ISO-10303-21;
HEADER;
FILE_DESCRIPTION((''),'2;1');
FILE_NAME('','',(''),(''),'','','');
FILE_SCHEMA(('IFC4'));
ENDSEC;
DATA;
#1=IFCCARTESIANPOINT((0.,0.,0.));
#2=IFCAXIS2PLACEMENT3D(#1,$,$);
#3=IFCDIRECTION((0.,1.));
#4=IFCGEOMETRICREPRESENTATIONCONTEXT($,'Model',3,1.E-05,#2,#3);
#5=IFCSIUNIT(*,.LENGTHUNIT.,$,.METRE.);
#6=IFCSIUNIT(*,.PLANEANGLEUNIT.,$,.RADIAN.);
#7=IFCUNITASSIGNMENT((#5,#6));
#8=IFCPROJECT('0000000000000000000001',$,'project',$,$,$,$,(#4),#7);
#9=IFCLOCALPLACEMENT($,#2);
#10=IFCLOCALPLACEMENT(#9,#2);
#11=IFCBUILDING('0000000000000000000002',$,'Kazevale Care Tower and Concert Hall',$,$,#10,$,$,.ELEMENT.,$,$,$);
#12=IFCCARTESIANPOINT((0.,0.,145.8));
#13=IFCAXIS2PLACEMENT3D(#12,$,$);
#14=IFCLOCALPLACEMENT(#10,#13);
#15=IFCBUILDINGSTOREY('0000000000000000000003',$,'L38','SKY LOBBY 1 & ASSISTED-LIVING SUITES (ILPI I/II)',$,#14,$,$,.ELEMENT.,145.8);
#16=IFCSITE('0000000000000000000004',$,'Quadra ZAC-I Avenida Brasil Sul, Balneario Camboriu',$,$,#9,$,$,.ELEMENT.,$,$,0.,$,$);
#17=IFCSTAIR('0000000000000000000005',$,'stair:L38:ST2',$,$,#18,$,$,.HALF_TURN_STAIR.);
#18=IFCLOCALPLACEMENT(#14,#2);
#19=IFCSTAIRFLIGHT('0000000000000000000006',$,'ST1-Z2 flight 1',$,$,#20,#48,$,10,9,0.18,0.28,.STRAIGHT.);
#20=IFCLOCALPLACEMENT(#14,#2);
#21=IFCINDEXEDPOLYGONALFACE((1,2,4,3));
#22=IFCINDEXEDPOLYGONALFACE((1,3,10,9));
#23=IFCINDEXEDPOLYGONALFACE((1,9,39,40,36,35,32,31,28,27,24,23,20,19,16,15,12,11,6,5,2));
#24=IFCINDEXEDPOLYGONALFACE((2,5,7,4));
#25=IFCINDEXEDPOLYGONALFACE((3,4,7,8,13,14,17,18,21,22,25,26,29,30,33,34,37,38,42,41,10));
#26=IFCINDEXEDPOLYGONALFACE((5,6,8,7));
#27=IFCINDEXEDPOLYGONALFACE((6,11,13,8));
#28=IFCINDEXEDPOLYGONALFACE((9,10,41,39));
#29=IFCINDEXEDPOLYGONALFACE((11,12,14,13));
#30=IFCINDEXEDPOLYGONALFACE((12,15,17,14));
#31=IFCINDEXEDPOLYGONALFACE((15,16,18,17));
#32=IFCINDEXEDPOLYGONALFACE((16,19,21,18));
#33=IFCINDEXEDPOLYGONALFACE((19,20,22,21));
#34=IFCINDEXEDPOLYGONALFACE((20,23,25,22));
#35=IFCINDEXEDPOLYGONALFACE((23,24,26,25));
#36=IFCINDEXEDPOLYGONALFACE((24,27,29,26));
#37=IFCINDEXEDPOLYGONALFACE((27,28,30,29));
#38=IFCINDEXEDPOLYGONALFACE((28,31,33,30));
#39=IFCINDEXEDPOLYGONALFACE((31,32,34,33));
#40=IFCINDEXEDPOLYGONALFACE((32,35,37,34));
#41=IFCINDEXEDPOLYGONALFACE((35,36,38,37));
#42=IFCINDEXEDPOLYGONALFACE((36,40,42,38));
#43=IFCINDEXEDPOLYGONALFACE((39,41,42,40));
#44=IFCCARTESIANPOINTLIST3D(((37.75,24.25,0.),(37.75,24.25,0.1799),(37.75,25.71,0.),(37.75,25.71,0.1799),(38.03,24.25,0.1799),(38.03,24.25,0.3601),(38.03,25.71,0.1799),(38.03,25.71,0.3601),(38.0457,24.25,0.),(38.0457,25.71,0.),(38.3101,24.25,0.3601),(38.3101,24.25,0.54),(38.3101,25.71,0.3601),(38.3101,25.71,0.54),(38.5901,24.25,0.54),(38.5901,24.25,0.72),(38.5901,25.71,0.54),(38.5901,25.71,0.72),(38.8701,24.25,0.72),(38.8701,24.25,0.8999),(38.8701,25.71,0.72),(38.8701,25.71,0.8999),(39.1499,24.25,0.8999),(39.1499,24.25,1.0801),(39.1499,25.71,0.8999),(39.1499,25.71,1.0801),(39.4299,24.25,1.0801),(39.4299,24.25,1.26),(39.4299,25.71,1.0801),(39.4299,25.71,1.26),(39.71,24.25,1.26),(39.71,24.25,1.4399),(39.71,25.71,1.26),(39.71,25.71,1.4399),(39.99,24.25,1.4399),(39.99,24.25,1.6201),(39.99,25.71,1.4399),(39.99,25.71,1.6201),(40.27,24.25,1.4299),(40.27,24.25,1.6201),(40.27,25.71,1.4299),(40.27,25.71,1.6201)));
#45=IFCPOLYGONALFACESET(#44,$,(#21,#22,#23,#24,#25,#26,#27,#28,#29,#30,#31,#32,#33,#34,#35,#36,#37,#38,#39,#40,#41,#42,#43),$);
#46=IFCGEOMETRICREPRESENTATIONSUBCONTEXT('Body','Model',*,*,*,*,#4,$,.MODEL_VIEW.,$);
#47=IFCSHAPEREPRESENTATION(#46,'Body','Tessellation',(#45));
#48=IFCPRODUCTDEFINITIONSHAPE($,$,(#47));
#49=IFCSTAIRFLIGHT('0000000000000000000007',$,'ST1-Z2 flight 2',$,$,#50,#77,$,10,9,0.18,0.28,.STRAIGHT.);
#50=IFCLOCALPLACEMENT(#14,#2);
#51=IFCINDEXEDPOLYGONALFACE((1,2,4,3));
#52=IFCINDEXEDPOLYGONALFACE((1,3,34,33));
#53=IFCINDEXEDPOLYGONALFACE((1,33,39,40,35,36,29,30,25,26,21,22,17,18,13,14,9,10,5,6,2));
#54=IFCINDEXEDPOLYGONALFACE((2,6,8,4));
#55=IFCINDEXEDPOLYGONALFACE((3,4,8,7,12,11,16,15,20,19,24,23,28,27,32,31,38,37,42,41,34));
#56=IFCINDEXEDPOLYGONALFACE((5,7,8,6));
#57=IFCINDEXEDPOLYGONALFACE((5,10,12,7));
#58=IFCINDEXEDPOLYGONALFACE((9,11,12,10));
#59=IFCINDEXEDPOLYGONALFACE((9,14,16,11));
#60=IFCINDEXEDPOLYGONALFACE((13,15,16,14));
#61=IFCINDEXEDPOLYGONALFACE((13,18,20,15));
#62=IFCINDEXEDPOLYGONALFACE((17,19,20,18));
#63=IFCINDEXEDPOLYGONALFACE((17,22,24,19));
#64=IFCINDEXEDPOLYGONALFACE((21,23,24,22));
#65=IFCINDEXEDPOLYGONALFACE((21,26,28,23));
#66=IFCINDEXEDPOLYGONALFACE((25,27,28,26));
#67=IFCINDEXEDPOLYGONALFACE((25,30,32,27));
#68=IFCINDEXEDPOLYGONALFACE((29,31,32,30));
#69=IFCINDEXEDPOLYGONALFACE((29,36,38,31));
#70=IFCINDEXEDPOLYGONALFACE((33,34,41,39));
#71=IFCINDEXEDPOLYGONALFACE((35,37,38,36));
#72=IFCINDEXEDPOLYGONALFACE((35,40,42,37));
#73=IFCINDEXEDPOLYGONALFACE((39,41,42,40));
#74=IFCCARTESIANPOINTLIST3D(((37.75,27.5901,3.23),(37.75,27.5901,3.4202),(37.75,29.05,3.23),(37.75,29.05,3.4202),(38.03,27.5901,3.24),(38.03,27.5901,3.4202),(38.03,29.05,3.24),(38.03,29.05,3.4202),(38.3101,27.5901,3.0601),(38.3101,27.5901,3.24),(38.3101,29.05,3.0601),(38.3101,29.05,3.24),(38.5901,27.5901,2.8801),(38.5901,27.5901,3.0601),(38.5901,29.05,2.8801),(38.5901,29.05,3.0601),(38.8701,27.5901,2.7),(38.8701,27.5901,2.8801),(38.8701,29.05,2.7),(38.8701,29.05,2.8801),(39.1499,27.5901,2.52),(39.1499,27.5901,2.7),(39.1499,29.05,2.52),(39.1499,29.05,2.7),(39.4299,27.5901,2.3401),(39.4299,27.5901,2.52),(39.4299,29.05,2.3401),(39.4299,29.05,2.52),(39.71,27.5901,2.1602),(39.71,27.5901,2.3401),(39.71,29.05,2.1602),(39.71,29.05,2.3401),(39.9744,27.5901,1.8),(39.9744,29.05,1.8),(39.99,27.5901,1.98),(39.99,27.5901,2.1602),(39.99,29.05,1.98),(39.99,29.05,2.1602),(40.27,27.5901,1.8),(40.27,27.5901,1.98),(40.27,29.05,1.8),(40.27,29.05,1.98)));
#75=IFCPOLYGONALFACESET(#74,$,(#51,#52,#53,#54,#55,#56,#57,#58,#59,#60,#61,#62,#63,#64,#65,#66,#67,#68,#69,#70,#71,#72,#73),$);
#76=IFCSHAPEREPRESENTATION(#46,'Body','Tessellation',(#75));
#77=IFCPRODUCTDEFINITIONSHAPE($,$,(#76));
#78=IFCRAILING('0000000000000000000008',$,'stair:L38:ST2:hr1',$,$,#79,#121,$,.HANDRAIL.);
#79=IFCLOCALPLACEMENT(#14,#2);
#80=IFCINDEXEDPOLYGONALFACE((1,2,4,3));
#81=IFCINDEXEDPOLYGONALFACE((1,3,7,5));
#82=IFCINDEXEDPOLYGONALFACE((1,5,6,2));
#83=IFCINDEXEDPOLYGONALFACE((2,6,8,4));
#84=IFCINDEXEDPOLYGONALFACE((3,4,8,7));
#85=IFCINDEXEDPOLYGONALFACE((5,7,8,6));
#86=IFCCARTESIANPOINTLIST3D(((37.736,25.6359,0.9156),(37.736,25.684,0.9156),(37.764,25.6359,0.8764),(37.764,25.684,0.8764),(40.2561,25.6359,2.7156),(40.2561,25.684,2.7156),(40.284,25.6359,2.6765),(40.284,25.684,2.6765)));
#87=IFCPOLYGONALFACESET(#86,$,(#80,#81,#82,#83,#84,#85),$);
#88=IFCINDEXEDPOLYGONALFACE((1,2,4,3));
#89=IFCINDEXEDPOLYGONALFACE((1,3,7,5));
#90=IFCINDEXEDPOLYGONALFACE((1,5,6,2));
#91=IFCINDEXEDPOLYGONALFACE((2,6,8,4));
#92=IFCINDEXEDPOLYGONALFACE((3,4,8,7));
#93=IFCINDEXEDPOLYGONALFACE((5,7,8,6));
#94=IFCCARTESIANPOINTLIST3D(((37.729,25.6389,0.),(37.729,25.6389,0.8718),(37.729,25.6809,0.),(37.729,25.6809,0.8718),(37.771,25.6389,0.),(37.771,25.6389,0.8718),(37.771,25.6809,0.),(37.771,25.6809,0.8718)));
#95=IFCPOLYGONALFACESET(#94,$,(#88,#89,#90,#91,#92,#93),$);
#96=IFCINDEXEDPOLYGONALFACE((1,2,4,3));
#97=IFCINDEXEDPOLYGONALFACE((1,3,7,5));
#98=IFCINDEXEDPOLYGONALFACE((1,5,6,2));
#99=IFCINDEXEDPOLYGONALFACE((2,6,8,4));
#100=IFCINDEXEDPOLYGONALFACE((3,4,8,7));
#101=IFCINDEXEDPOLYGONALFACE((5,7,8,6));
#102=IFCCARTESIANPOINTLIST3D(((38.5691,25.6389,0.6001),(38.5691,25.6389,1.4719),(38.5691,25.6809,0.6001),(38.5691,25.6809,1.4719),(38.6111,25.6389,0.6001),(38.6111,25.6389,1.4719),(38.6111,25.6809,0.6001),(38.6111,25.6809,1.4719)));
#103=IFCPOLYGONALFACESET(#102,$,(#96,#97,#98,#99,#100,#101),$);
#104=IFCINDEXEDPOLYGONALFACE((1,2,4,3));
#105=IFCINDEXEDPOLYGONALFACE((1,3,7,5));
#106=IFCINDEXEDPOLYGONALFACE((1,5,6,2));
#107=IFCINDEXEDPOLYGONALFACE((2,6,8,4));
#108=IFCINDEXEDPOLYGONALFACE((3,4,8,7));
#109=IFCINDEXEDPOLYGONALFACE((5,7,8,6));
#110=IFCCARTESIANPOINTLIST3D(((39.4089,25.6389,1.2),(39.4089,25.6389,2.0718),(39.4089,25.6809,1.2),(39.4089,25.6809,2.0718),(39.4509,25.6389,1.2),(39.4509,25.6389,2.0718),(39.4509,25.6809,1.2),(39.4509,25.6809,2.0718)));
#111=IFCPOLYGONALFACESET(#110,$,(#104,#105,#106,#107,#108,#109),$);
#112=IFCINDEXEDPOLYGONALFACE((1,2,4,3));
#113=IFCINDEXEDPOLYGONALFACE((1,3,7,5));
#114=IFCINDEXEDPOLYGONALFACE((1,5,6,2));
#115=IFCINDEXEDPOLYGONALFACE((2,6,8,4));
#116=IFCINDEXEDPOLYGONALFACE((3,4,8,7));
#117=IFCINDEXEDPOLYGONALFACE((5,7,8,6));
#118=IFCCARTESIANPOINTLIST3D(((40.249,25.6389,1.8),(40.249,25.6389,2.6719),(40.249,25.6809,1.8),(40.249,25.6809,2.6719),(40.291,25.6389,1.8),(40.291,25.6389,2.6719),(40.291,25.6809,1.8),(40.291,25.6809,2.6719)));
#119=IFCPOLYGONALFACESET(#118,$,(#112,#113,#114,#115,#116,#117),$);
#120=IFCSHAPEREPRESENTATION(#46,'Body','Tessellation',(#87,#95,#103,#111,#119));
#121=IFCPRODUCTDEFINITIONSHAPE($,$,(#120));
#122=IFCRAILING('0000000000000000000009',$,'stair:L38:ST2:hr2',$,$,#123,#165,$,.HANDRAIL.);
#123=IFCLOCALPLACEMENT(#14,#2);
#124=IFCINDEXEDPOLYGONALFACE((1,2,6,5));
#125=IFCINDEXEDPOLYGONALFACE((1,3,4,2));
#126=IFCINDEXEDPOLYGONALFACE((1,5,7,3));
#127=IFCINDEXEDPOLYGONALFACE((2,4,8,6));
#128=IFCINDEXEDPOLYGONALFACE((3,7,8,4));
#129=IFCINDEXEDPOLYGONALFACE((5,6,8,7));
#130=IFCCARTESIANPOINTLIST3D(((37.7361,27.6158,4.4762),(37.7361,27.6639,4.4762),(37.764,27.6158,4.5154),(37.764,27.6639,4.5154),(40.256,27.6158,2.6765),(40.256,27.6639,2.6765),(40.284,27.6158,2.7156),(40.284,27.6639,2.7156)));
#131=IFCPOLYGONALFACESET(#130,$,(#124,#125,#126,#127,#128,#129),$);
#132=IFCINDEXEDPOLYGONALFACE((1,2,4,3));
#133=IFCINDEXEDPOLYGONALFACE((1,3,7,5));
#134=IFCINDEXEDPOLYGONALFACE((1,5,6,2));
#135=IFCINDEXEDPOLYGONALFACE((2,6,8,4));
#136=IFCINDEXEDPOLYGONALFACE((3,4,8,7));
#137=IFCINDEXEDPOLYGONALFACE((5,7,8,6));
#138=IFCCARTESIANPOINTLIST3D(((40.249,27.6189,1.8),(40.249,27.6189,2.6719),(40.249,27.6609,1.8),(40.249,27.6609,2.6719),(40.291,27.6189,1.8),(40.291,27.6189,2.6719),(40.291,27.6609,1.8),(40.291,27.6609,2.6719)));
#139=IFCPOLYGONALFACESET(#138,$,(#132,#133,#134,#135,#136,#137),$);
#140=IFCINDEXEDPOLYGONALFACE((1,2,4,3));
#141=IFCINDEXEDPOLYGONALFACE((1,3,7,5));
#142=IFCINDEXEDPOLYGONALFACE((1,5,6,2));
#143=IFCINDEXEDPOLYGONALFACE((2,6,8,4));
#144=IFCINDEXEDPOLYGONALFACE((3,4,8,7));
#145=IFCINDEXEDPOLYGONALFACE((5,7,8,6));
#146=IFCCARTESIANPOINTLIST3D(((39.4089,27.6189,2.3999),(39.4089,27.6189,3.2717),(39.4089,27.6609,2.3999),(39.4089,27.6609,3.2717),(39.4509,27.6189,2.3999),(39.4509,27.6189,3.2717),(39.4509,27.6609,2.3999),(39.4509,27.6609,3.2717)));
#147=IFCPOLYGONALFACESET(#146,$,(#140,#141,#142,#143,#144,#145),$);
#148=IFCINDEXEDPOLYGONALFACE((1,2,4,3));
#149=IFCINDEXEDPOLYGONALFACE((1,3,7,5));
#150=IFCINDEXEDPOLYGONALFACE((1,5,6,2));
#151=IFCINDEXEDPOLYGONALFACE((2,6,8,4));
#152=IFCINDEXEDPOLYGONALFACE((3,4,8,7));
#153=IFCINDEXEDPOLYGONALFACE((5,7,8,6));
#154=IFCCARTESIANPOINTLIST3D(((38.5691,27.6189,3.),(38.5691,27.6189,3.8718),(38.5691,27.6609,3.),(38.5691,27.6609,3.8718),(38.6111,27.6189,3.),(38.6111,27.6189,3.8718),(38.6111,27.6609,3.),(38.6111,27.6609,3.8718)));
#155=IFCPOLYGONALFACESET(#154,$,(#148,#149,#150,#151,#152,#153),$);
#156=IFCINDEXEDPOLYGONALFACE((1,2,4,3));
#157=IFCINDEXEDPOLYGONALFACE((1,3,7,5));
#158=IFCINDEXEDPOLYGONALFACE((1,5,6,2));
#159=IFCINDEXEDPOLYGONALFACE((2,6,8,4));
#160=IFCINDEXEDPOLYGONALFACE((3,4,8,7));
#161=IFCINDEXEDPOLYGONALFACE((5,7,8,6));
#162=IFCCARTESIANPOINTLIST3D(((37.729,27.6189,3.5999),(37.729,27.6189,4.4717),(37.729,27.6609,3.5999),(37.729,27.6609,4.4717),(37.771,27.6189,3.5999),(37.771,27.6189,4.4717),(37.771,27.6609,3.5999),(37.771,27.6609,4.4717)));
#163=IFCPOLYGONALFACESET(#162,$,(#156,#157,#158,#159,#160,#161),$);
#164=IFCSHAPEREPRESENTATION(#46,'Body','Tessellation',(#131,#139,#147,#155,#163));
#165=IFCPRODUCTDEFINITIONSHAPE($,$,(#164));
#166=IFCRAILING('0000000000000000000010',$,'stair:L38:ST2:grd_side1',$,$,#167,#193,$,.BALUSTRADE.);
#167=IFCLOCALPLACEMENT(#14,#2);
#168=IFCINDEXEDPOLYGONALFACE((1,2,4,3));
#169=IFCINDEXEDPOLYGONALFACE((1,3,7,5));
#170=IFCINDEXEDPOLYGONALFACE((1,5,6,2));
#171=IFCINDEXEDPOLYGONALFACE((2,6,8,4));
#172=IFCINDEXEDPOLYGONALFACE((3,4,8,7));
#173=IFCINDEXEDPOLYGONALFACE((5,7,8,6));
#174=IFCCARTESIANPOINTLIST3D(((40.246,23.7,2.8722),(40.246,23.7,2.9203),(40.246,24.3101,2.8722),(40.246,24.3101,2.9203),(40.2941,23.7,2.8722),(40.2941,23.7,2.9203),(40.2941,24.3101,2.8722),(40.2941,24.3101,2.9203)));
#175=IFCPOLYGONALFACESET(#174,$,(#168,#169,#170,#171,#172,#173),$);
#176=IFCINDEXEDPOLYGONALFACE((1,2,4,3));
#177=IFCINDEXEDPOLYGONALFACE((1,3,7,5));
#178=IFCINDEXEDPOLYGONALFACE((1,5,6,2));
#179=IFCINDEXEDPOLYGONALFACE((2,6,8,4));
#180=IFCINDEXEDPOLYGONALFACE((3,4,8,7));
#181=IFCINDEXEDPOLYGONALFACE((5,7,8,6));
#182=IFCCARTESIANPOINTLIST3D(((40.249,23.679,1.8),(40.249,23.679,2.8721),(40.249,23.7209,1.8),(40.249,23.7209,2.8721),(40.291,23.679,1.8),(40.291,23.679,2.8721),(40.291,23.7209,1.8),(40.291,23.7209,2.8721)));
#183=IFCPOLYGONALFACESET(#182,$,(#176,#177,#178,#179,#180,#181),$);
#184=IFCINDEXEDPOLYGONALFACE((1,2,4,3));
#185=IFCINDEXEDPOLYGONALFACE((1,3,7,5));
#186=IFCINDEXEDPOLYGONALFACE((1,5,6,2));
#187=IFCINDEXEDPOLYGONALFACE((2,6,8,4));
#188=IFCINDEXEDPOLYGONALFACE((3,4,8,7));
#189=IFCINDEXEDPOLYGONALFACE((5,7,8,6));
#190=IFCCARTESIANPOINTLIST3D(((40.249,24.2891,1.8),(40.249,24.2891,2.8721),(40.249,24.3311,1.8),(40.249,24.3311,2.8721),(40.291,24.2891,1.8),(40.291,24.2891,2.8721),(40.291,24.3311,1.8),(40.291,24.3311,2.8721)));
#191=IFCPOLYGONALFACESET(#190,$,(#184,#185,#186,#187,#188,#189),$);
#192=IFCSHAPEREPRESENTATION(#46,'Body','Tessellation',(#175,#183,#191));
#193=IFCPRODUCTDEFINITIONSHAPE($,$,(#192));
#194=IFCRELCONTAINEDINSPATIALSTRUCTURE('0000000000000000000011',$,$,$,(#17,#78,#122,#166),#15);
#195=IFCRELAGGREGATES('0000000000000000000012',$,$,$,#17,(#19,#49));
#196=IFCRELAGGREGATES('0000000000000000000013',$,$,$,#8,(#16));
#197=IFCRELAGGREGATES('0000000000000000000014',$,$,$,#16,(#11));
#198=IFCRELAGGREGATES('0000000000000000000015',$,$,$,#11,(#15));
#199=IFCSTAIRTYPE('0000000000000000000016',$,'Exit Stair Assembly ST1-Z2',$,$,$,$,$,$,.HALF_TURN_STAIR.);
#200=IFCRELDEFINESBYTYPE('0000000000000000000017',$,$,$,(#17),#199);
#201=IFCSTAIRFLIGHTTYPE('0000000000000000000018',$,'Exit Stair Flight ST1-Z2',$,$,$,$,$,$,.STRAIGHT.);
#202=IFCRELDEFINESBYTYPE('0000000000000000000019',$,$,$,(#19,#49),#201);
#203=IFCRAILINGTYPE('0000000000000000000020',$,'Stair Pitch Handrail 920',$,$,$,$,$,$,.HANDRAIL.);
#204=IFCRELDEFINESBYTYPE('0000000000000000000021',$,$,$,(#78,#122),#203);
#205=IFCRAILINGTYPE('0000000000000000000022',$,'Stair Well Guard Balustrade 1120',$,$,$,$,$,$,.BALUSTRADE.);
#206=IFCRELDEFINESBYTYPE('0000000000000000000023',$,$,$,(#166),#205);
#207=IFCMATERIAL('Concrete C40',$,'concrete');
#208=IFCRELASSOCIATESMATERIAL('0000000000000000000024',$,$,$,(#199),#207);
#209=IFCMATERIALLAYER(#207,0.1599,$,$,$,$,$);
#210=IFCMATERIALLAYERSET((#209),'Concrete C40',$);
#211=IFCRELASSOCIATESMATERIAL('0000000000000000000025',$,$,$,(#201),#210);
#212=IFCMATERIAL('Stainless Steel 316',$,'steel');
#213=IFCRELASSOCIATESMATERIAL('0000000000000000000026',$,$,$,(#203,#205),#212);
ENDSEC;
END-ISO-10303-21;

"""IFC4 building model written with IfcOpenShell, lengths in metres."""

from ifc_helpers import new_model, si_unit, direction, frame, origin, origin_2d, place, context, subcontext, project, spatial, polyline, rectangle, outline, extrude, material, layer, layer_set, type_object, element, aggregate, save


model = new_model("IFC4")

# Units and contexts
model_context = context("Model", 3, precision=1e-05, world=origin(), true_north=direction((0.0, 1.0)))
body_context = subcontext(model_context, "Body", "Model", "MODEL_VIEW")
ifc_project = project(units=[si_unit("LENGTHUNIT", "METRE"), si_unit("PLANEANGLEUNIT", "RADIAN")], contexts=[model_context])

# Site, building, storey
site_placement = place(None, origin())
site = spatial("IfcSite", under=ifc_project, at=site_placement, Name="Quadra ZAC-I Avenida Brasil Sul, Balneario Camboriu", CompositionType="ELEMENT", RefElevation=0.0)
building_placement = place(site_placement, origin())
building = spatial("IfcBuilding", under=site, at=building_placement, Name="Kazevale Care Tower and Concert Hall", CompositionType="ELEMENT")
storey_placement = place(building_placement, frame((0.0, 0.0, 145.8)))
storey = spatial("IfcBuildingStorey", under=building, at=storey_placement, Name="L38", Description="SKY LOBBY 1 & ASSISTED-LIVING SUITES (ILPI I/II)", CompositionType="ELEMENT", Elevation=145.8)

# Shared definitions
ifc_material_1 = material(Name="Concrete C40", Category="concrete")

# Stair, stair flights
stair_type = type_object("IfcStairType", Name="Exit Stair Assembly ST1-Z2", PredefinedType="HALF_TURN_STAIR", material=ifc_material_1)
stair_placement = place(storey_placement, origin())
stair = element("IfcStair", 1, at=stair_placement, inside=storey, type_object=stair_type, Name="stair:L38:ST2", PredefinedType="HALF_TURN_STAIR")
ifc_layer_1 = layer(ifc_material_1, 0.1599)
ifc_layer_set_1 = layer_set([ifc_layer_1], Name="Concrete C40")
stair_flight_type = type_object("IfcStairFlightType", Name="Exit Stair Flight ST1-Z2", PredefinedType="STRAIGHT", material=ifc_layer_set_1)
stair_flight_1_placement = place(storey_placement, frame((37.75, 24.98, 0.0), z_axis=(0.0, 0.0, 1.0), x_axis=(1.0, 0.0, 0.0)))
stair_flight_1 = element("IfcStairFlight", 2, at=stair_flight_1_placement, type_object=stair_flight_type, Name="ST1-Z2 flight 1", NumberOfRisers=10, NumberOfTreads=9, PredefinedType="STRAIGHT", RiserHeight=0.18, TreadLength=0.28, context=body_context, shape_type="SweptSolid", body=[
    extrude(outline(polyline([(0.0, 0.0), (0.0, 0.1799), (0.28, 0.1799), (0.28, 0.3601), (0.5601, 0.3601), (0.5601, 0.54), (0.8401, 0.54), (0.8401, 0.72), (1.1201, 0.72), (1.1201, 0.8999), (1.3999, 0.8999), (1.3999, 1.0801), (1.6799, 1.0801), (1.6799, 1.26), (1.96, 1.26), (1.96, 1.4399), (2.24, 1.4399), (2.24, 1.6201), (2.52, 1.6201), (2.52, 1.8), (2.52, 1.4299), (0.2957, 0.0), (0.0, 0.0)])), frame((0.0, 0.73, 0.0), z_axis=(0.0, -1.0, 0.0), x_axis=(1.0, 0.0, 0.0)), (0.0, 0.0, 1.0), 1.46),
])
stair_flight_2_placement = place(storey_placement, frame((40.27, 28.3201, 1.8), z_axis=(0.0, 0.0, 1.0), x_axis=(-1.0, 0.0, 0.0)))
stair_flight_2 = element("IfcStairFlight", 3, at=stair_flight_2_placement, type_object=stair_flight_type, Name="ST1-Z2 flight 2", NumberOfRisers=10, NumberOfTreads=9, PredefinedType="STRAIGHT", RiserHeight=0.18, TreadLength=0.28, context=body_context, shape_type="SweptSolid", body=[
    extrude(outline(polyline([(0.0, 0.0), (0.0, 0.1799), (0.28, 0.1799), (0.28, 0.3601), (0.5601, 0.3601), (0.5601, 0.54), (0.8401, 0.54), (0.8401, 0.72), (1.1201, 0.72), (1.1201, 0.8999), (1.3999, 0.8999), (1.3999, 1.0801), (1.6799, 1.0801), (1.6799, 1.26), (1.96, 1.26), (1.96, 1.4399), (2.24, 1.4399), (2.24, 1.6201), (2.52, 1.6201), (2.52, 1.8), (2.52, 1.4299), (0.2957, 0.0), (0.0, 0.0)])), frame((0.0, 0.73, 0.0), z_axis=(0.0, -1.0, 0.0), x_axis=(1.0, 0.0, 0.0)), (0.0, 0.0, 1.0), 1.46),
])
aggregate(stair, [stair_flight_1, stair_flight_2])

# Railings
ifc_material_2 = material(Name="Stainless Steel 316", Category="steel")
railing_type_1 = type_object("IfcRailingType", Name="Stair Pitch Handrail 920", PredefinedType="HANDRAIL", material=ifc_material_2)
railing_1_placement = place(storey_placement, frame((37.75, 25.6599, 0.0)))
element("IfcRailing", 4, at=railing_1_placement, inside=storey, type_object=railing_type_1, Name="stair:L38:ST2:hr1", PredefinedType="HANDRAIL", context=body_context, shape_type="SweptSolid", body=[
    extrude(rectangle(XDim=0.0481, YDim=0.0481, at=origin_2d()), frame((0.0, 0.0, 0.896), z_axis=(0.813728, 0.0, 0.581246), x_axis=(0.0, 1.0, 0.0)), (0.0, 0.0, 1.0), 3.0969),
    extrude(rectangle(XDim=0.042, YDim=0.042, at=origin_2d()), origin(), (0.0, 0.0, 1.0), 0.8718),
    extrude(rectangle(XDim=0.042, YDim=0.042, at=origin_2d()), frame((0.8401, 0.0, 0.6001)), (0.0, 0.0, 1.0), 0.8718),
    extrude(rectangle(XDim=0.042, YDim=0.042, at=origin_2d()), frame((1.6799, 0.0, 1.2)), (0.0, 0.0, 1.0), 0.8718),
    extrude(rectangle(XDim=0.042, YDim=0.042, at=origin_2d()), frame((2.52, 0.0, 1.8)), (0.0, 0.0, 1.0), 0.8718),
])
railing_2_placement = place(storey_placement, frame((40.27, 27.6399, 1.8)))
element("IfcRailing", 5, at=railing_2_placement, inside=storey, type_object=railing_type_1, Name="stair:L38:ST2:hr2", PredefinedType="HANDRAIL", context=body_context, shape_type="SweptSolid", body=[
    extrude(rectangle(XDim=0.0481, YDim=0.0481, at=origin_2d()), frame((0.0, 0.0, 0.896), z_axis=(-0.813765, 0.0, 0.581193), x_axis=(0.0, -1.0, 0.0)), (0.0, 0.0, 1.0), 3.0967),
    extrude(rectangle(XDim=0.042, YDim=0.042, at=origin_2d()), origin(), (0.0, 0.0, 1.0), 0.8718),
    extrude(rectangle(XDim=0.042, YDim=0.042, at=origin_2d()), frame((-0.8401, 0.0, 0.5999)), (0.0, 0.0, 1.0), 0.8718),
    extrude(rectangle(XDim=0.042, YDim=0.042, at=origin_2d()), frame((-1.6799, 0.0, 1.2)), (0.0, 0.0, 1.0), 0.8718),
    extrude(rectangle(XDim=0.042, YDim=0.042, at=origin_2d()), frame((-2.52, 0.0, 1.7998)), (0.0, 0.0, 1.0), 0.8718),
])
railing_type_2 = type_object("IfcRailingType", Name="Stair Well Guard Balustrade 1120", PredefinedType="BALUSTRADE", material=ifc_material_2)
railing_3_placement = place(storey_placement, frame((40.27, 23.7, 1.8)))
element("IfcRailing", 6, at=railing_3_placement, inside=storey, type_object=railing_type_2, Name="stair:L38:ST2:grd_side1", PredefinedType="BALUSTRADE", context=body_context, shape_type="SweptSolid", body=[
    extrude(rectangle(XDim=0.0481, YDim=0.0481, at=origin_2d()), frame((0.0, 0.0, 1.0962), z_axis=(0.0, 1.0, 0.0), x_axis=(-1.0, 0.0, 0.0)), (0.0, 0.0, 1.0), 0.6101),
    extrude(rectangle(XDim=0.042, YDim=0.042, at=origin_2d()), origin(), (0.0, 0.0, 1.0), 1.072),
    extrude(rectangle(XDim=0.042, YDim=0.042, at=origin_2d()), frame((0.0, 0.6101, 0.0)), (0.0, 0.0, 1.0), 1.072),
])

save(model, "model.ifc")
